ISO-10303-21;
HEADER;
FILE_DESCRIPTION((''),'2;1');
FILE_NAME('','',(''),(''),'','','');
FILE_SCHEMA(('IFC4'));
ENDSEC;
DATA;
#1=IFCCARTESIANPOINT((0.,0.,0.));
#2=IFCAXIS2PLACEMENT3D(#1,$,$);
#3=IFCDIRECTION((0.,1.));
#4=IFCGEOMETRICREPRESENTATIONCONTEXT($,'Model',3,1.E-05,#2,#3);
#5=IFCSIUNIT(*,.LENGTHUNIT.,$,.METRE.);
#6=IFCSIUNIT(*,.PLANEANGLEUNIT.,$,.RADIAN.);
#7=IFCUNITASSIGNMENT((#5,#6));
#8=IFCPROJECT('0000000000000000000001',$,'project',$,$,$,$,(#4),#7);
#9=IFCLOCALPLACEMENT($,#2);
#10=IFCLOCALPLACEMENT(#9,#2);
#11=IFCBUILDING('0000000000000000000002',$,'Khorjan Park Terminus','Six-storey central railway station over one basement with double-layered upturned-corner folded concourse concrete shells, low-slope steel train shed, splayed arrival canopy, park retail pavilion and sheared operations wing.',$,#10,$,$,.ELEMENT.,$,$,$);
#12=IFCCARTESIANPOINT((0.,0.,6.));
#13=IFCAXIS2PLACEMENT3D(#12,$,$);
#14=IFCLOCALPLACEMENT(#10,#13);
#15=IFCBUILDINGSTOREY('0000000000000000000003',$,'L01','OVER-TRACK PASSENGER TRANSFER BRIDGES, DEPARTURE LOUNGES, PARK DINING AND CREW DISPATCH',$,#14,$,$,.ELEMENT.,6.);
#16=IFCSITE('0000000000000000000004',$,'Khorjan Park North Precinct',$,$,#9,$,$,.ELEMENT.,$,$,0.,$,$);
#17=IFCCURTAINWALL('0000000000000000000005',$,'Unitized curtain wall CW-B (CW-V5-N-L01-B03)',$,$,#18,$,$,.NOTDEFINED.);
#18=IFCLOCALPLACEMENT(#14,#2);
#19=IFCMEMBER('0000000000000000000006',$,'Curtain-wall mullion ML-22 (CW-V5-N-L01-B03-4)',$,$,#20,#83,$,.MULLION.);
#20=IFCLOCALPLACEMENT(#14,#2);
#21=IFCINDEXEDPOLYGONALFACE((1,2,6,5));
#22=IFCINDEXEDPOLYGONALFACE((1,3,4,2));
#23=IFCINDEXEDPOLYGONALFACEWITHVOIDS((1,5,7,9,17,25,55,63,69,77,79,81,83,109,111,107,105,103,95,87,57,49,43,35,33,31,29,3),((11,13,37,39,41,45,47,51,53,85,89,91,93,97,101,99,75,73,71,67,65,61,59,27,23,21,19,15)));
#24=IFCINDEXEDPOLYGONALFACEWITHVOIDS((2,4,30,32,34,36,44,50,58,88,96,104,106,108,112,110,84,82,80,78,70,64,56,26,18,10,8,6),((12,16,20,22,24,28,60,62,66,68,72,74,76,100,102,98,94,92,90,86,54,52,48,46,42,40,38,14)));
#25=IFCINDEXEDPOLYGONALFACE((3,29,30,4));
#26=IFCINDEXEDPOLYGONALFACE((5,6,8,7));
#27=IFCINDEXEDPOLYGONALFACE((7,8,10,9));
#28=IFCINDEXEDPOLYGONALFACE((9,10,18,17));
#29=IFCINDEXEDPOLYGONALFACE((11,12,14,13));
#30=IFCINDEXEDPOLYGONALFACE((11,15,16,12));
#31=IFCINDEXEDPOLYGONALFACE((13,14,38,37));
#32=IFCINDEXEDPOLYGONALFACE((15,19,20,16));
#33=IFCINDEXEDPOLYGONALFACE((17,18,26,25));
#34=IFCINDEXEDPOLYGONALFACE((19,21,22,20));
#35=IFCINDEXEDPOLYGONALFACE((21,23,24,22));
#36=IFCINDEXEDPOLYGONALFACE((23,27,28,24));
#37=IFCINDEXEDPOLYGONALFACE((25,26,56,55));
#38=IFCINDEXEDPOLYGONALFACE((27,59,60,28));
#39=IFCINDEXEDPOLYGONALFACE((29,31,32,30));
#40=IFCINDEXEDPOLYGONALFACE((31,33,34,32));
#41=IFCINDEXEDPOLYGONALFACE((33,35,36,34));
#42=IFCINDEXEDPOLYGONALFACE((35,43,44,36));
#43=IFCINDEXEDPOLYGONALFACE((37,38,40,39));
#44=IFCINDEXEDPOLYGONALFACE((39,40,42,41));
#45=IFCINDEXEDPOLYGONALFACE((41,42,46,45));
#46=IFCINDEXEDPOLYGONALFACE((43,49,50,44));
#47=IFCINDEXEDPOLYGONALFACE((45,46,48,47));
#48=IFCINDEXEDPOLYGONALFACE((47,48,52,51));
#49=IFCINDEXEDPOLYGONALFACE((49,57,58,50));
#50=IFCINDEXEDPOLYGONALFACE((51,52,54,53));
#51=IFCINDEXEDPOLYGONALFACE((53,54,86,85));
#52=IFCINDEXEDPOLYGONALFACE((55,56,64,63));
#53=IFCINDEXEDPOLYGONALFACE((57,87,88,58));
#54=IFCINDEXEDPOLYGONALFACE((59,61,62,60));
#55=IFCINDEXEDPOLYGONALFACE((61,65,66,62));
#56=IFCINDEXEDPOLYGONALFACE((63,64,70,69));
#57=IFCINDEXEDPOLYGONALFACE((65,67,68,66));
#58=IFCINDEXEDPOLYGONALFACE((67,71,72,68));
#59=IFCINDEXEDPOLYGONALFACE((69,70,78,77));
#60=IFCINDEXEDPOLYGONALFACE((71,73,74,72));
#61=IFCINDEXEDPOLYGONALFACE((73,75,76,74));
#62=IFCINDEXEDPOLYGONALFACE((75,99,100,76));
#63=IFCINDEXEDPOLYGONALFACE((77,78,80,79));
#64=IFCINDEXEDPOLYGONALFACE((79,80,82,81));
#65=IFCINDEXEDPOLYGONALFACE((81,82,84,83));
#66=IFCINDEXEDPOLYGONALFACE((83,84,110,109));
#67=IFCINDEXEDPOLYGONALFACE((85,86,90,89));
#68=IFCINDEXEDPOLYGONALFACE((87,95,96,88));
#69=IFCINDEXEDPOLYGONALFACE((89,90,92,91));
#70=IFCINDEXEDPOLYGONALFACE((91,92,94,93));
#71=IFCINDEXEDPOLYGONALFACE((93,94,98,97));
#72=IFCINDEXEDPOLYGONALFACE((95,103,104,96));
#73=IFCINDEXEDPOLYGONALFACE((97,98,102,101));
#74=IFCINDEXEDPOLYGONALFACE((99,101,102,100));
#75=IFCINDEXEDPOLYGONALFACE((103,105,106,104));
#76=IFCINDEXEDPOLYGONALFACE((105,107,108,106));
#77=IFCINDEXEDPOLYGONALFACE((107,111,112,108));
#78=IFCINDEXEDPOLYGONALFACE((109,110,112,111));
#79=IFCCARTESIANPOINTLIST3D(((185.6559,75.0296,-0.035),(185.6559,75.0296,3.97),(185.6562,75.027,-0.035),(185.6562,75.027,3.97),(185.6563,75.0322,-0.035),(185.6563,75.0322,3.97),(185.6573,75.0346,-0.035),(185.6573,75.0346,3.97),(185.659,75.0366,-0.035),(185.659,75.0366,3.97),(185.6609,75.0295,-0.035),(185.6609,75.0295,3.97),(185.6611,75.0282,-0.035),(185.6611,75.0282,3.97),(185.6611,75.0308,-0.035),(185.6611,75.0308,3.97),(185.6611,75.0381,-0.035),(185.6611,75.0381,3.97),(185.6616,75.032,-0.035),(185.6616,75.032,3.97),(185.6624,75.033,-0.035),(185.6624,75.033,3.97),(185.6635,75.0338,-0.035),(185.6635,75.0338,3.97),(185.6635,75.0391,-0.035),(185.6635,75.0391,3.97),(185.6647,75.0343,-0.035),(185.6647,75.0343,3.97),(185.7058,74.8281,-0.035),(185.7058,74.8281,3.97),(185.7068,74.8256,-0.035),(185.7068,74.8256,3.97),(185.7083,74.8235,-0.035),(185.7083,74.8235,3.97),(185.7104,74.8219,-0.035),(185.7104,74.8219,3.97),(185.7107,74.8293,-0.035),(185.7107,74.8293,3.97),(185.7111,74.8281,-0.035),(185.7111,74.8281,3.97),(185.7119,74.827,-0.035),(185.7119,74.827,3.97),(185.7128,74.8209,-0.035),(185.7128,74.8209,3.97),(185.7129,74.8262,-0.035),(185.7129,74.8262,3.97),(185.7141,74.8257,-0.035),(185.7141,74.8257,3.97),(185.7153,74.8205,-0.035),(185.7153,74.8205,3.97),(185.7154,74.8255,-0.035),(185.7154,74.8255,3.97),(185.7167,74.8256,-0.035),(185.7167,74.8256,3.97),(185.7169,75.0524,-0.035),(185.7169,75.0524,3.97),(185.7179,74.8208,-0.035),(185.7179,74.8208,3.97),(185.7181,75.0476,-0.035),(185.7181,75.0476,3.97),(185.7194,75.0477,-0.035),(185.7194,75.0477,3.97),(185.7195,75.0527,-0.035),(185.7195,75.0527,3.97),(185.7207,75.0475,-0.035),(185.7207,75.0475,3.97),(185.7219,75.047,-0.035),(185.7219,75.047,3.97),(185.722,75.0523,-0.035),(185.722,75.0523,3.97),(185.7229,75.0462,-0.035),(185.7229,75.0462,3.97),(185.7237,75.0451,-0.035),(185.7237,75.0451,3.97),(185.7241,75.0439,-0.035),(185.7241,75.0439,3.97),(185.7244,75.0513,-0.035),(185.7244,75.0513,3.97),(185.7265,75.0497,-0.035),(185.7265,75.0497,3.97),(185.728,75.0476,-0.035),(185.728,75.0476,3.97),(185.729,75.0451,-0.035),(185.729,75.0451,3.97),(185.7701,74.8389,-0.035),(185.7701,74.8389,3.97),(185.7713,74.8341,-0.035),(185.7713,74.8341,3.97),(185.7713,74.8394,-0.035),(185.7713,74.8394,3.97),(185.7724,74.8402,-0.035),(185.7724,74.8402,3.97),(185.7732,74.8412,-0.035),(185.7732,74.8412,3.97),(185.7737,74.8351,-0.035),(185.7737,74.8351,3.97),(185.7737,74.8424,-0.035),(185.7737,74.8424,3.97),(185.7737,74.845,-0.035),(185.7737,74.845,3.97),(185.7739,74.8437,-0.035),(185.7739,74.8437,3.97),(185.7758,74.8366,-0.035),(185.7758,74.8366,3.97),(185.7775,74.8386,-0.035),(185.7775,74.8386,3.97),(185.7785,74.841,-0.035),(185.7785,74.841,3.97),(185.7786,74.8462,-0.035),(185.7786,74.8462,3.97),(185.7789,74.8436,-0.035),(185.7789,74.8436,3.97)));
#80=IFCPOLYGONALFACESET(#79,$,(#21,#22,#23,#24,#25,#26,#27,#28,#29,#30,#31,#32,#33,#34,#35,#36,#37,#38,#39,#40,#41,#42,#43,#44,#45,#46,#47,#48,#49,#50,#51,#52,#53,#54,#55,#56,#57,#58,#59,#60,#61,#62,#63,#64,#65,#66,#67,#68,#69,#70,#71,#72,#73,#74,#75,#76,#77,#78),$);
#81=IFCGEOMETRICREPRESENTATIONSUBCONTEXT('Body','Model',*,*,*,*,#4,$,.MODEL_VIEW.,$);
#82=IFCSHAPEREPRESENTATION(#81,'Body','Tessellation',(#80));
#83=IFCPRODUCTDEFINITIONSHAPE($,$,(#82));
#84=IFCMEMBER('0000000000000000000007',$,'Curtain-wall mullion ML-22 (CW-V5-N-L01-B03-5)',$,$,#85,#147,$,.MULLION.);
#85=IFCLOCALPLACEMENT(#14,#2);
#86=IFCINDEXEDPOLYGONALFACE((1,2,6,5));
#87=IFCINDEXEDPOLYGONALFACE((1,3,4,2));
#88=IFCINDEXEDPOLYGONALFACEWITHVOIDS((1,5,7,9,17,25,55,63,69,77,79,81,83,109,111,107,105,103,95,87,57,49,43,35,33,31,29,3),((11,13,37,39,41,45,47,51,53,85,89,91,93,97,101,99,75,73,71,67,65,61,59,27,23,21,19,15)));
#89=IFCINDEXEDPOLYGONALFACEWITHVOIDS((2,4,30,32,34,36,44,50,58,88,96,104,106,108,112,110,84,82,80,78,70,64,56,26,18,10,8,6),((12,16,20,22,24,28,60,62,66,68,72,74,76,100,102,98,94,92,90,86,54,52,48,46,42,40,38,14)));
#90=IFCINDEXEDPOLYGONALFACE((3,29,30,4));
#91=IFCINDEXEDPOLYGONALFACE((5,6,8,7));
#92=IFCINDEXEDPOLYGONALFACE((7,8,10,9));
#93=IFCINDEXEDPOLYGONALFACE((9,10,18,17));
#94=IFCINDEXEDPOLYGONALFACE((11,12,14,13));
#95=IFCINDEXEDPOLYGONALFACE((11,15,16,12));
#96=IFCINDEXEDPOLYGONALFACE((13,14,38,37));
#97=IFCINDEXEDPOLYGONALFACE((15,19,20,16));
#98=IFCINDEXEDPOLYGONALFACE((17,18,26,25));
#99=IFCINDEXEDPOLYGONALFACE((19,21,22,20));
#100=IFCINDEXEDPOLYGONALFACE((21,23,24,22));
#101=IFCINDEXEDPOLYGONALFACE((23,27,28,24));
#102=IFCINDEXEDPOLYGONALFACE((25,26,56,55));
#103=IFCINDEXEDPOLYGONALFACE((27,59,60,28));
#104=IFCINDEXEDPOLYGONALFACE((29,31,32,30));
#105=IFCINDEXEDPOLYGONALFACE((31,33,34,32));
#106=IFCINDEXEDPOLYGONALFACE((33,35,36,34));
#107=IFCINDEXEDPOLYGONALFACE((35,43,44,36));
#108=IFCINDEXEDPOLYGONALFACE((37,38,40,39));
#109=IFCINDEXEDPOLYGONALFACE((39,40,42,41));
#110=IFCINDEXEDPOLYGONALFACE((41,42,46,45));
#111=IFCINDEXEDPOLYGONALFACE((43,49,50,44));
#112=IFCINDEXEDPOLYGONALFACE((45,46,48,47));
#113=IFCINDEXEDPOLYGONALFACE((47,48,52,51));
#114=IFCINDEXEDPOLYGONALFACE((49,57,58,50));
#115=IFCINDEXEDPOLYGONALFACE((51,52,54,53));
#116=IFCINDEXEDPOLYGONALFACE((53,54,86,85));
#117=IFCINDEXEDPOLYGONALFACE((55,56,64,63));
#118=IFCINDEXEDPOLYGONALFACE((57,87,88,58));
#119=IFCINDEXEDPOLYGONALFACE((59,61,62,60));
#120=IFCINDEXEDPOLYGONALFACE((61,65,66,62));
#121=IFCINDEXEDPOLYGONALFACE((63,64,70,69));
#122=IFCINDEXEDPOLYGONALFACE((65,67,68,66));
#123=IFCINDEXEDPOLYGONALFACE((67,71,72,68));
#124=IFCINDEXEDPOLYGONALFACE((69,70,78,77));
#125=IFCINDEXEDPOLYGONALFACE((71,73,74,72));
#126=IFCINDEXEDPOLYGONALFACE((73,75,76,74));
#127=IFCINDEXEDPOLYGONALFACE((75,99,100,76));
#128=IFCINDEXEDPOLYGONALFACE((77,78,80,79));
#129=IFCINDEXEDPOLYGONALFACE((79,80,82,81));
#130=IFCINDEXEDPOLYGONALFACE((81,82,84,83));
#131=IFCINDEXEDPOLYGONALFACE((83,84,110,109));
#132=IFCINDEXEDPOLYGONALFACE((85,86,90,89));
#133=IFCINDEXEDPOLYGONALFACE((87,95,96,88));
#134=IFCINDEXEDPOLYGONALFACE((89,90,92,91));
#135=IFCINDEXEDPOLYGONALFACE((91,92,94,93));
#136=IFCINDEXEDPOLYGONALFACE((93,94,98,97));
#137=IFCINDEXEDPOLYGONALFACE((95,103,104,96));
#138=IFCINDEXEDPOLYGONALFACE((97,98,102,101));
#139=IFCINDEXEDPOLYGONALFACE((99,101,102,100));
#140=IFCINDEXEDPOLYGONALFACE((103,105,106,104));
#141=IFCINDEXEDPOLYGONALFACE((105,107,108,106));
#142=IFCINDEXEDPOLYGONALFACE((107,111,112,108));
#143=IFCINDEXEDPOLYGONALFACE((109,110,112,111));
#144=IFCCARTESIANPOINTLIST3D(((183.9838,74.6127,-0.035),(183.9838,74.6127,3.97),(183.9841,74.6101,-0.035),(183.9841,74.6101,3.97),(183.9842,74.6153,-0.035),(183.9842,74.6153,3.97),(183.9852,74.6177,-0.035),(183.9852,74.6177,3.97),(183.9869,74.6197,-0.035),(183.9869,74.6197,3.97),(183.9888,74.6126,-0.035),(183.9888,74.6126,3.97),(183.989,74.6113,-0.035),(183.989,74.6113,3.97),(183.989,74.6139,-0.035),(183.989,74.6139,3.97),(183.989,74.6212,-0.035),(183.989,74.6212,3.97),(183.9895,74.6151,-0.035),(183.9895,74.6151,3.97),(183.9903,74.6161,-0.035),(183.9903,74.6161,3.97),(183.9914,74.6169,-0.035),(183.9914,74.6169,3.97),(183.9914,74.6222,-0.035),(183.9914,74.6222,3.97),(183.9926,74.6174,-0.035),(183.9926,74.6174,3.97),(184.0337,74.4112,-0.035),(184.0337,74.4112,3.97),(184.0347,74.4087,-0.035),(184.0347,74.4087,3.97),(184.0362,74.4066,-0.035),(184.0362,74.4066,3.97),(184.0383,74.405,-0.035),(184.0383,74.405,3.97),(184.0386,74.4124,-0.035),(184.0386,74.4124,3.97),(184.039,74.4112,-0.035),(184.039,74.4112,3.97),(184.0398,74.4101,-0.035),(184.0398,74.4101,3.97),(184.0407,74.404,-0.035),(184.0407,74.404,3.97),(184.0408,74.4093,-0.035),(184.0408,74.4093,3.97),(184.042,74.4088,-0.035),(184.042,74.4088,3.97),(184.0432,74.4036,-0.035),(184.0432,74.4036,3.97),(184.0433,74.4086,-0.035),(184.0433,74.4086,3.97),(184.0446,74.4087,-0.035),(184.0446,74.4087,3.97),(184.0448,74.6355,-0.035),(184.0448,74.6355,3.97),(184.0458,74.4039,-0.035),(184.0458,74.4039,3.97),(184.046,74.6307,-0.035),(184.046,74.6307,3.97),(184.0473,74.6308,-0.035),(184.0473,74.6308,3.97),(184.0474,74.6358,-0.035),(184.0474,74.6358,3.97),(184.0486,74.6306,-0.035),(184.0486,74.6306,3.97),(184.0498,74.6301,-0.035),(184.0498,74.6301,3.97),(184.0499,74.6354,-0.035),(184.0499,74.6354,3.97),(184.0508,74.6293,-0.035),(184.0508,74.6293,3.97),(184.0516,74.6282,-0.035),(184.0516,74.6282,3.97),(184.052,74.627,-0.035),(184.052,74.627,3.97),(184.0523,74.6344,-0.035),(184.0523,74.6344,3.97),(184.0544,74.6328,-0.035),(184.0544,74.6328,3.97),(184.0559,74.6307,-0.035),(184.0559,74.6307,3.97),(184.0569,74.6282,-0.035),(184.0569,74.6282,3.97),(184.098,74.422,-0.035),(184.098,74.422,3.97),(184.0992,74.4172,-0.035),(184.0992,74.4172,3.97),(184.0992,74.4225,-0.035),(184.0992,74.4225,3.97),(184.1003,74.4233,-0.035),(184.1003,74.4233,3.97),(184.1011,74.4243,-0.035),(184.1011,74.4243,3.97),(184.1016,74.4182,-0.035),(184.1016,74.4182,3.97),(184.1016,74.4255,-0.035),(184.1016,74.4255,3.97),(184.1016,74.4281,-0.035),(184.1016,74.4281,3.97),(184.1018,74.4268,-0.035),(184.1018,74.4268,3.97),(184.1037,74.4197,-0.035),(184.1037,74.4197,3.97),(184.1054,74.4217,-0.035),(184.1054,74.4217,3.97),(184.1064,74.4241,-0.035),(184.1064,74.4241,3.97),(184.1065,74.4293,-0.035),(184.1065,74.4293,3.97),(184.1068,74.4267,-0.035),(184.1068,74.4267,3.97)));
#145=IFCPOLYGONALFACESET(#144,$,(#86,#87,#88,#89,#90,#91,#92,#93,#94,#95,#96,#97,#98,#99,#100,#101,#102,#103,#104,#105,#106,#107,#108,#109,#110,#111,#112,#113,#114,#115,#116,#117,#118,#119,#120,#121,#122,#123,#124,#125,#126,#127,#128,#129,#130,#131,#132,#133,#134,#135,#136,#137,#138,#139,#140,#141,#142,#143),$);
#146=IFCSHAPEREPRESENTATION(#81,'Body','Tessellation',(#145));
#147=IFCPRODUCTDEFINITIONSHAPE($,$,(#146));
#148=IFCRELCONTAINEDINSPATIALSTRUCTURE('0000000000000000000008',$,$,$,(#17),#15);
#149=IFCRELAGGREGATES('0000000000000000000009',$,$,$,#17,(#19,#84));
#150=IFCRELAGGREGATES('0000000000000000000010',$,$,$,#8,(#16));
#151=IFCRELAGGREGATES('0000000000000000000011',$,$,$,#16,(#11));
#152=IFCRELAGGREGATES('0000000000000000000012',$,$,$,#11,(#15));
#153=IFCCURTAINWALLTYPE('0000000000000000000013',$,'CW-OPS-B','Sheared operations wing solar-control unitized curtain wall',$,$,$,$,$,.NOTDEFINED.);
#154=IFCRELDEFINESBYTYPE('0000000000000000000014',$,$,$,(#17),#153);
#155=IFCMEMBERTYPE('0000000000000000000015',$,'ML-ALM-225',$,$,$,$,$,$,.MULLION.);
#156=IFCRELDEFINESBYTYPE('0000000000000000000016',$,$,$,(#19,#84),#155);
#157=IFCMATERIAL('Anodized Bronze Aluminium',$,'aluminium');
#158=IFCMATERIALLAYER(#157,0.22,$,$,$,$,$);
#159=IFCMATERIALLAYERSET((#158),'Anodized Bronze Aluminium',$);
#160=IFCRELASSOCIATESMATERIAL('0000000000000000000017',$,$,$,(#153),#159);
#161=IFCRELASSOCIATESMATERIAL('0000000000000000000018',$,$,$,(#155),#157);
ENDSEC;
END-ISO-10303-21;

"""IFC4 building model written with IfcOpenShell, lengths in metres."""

from ifc_helpers import new_model, si_unit, direction, frame, origin, origin_2d, place, context, subcontext, project, spatial, hollow_rectangle, extrude, material, layer, layer_set, material_profile, profile_set, type_object, element, aggregate, save


model = new_model("IFC4")

# Units and contexts
model_context = context("Model", 3, precision=1e-05, world=origin(), true_north=direction((0.0, 1.0)))
body_context = subcontext(model_context, "Body", "Model", "MODEL_VIEW")
ifc_project = project(units=[si_unit("LENGTHUNIT", "METRE"), si_unit("PLANEANGLEUNIT", "RADIAN")], contexts=[model_context])

# Site, building, storey
site_placement = place(None, origin())
site = spatial("IfcSite", under=ifc_project, at=site_placement, Name="Khorjan Park North Precinct", CompositionType="ELEMENT", RefElevation=0.0)
building_placement = place(site_placement, origin())
building = spatial("IfcBuilding", under=site, at=building_placement, Name="Khorjan Park Terminus", Description="Six-storey central railway station over one basement with double-layered upturned-corner folded concourse concrete shells, low-slope steel train shed, splayed arrival canopy, park retail pavilion and sheared operations wing.", CompositionType="ELEMENT")
storey_placement = place(building_placement, frame((0.0, 0.0, 6.0)))
storey = spatial("IfcBuildingStorey", under=building, at=storey_placement, Name="L01", Description="OVER-TRACK PASSENGER TRANSFER BRIDGES, DEPARTURE LOUNGES, PARK DINING AND CREW DISPATCH", CompositionType="ELEMENT", Elevation=6.0)

# Curtain wall, members
ifc_material_1 = material(Name="Anodized Bronze Aluminium", Category="aluminium")
ifc_layer_1 = layer(ifc_material_1, 0.22)
ifc_layer_set_1 = layer_set([ifc_layer_1], Name="Anodized Bronze Aluminium")
curtain_wall_type = type_object("IfcCurtainWallType", Name="CW-OPS-B", Description="Sheared operations wing solar-control unitized curtain wall", PredefinedType="NOTDEFINED", material=ifc_layer_set_1)
curtain_wall_placement = place(storey_placement, origin())
curtain_wall = element("IfcCurtainWall", 1, at=curtain_wall_placement, inside=storey, type_object=curtain_wall_type, Name="Unitized curtain wall CW-B (CW-V5-N-L01-B03)", PredefinedType="NOTDEFINED")
ifc_material_profile_1 = material_profile(ifc_material_1, hollow_rectangle(XDim=0.075, YDim=0.225, WallThickness=0.005, InnerFilletRadius=0.005, OuterFilletRadius=0.01, at=origin_2d()), Name="ALM 75x225x5")
ifc_profile_set_1 = profile_set([ifc_material_profile_1], Name="Anodized Bronze Aluminium")
member_type_1 = type_object("IfcMemberType", Name="ML-ALM-225", PredefinedType="MULLION", material=ifc_profile_set_1)
member_1_placement = place(storey_placement, frame((185.7174, 74.9366, -0.035), z_axis=(0.0, 0.0, 1.0), x_axis=(-0.970296, -0.241921, 0.0)))
member_1 = element("IfcMember", 2, at=member_1_placement, type_object=member_type_1, Name="Curtain-wall mullion ML-22 (CW-V5-N-L01-B03-4)", PredefinedType="MULLION", context=body_context, shape_type="SweptSolid", body=[
    extrude(hollow_rectangle(XDim=0.075, YDim=0.225, WallThickness=0.005, InnerFilletRadius=0.005, OuterFilletRadius=0.01, at=origin_2d()), origin(), (0.0, 0.0, 1.0), 4.005),
])
member_2_placement = place(storey_placement, frame((184.0453, 74.5197, -0.035), z_axis=(0.0, 0.0, 1.0), x_axis=(-0.970296, -0.241921, 0.0)))
member_2 = element("IfcMember", 3, at=member_2_placement, type_object=member_type_1, Name="Curtain-wall mullion ML-22 (CW-V5-N-L01-B03-5)", PredefinedType="MULLION", context=body_context, shape_type="SweptSolid", body=[
    extrude(hollow_rectangle(XDim=0.075, YDim=0.225, WallThickness=0.005, InnerFilletRadius=0.005, OuterFilletRadius=0.01, at=origin_2d()), origin(), (0.0, 0.0, 1.0), 4.005),
])
aggregate(curtain_wall, [member_1, member_2])

save(model, "model.ifc")
